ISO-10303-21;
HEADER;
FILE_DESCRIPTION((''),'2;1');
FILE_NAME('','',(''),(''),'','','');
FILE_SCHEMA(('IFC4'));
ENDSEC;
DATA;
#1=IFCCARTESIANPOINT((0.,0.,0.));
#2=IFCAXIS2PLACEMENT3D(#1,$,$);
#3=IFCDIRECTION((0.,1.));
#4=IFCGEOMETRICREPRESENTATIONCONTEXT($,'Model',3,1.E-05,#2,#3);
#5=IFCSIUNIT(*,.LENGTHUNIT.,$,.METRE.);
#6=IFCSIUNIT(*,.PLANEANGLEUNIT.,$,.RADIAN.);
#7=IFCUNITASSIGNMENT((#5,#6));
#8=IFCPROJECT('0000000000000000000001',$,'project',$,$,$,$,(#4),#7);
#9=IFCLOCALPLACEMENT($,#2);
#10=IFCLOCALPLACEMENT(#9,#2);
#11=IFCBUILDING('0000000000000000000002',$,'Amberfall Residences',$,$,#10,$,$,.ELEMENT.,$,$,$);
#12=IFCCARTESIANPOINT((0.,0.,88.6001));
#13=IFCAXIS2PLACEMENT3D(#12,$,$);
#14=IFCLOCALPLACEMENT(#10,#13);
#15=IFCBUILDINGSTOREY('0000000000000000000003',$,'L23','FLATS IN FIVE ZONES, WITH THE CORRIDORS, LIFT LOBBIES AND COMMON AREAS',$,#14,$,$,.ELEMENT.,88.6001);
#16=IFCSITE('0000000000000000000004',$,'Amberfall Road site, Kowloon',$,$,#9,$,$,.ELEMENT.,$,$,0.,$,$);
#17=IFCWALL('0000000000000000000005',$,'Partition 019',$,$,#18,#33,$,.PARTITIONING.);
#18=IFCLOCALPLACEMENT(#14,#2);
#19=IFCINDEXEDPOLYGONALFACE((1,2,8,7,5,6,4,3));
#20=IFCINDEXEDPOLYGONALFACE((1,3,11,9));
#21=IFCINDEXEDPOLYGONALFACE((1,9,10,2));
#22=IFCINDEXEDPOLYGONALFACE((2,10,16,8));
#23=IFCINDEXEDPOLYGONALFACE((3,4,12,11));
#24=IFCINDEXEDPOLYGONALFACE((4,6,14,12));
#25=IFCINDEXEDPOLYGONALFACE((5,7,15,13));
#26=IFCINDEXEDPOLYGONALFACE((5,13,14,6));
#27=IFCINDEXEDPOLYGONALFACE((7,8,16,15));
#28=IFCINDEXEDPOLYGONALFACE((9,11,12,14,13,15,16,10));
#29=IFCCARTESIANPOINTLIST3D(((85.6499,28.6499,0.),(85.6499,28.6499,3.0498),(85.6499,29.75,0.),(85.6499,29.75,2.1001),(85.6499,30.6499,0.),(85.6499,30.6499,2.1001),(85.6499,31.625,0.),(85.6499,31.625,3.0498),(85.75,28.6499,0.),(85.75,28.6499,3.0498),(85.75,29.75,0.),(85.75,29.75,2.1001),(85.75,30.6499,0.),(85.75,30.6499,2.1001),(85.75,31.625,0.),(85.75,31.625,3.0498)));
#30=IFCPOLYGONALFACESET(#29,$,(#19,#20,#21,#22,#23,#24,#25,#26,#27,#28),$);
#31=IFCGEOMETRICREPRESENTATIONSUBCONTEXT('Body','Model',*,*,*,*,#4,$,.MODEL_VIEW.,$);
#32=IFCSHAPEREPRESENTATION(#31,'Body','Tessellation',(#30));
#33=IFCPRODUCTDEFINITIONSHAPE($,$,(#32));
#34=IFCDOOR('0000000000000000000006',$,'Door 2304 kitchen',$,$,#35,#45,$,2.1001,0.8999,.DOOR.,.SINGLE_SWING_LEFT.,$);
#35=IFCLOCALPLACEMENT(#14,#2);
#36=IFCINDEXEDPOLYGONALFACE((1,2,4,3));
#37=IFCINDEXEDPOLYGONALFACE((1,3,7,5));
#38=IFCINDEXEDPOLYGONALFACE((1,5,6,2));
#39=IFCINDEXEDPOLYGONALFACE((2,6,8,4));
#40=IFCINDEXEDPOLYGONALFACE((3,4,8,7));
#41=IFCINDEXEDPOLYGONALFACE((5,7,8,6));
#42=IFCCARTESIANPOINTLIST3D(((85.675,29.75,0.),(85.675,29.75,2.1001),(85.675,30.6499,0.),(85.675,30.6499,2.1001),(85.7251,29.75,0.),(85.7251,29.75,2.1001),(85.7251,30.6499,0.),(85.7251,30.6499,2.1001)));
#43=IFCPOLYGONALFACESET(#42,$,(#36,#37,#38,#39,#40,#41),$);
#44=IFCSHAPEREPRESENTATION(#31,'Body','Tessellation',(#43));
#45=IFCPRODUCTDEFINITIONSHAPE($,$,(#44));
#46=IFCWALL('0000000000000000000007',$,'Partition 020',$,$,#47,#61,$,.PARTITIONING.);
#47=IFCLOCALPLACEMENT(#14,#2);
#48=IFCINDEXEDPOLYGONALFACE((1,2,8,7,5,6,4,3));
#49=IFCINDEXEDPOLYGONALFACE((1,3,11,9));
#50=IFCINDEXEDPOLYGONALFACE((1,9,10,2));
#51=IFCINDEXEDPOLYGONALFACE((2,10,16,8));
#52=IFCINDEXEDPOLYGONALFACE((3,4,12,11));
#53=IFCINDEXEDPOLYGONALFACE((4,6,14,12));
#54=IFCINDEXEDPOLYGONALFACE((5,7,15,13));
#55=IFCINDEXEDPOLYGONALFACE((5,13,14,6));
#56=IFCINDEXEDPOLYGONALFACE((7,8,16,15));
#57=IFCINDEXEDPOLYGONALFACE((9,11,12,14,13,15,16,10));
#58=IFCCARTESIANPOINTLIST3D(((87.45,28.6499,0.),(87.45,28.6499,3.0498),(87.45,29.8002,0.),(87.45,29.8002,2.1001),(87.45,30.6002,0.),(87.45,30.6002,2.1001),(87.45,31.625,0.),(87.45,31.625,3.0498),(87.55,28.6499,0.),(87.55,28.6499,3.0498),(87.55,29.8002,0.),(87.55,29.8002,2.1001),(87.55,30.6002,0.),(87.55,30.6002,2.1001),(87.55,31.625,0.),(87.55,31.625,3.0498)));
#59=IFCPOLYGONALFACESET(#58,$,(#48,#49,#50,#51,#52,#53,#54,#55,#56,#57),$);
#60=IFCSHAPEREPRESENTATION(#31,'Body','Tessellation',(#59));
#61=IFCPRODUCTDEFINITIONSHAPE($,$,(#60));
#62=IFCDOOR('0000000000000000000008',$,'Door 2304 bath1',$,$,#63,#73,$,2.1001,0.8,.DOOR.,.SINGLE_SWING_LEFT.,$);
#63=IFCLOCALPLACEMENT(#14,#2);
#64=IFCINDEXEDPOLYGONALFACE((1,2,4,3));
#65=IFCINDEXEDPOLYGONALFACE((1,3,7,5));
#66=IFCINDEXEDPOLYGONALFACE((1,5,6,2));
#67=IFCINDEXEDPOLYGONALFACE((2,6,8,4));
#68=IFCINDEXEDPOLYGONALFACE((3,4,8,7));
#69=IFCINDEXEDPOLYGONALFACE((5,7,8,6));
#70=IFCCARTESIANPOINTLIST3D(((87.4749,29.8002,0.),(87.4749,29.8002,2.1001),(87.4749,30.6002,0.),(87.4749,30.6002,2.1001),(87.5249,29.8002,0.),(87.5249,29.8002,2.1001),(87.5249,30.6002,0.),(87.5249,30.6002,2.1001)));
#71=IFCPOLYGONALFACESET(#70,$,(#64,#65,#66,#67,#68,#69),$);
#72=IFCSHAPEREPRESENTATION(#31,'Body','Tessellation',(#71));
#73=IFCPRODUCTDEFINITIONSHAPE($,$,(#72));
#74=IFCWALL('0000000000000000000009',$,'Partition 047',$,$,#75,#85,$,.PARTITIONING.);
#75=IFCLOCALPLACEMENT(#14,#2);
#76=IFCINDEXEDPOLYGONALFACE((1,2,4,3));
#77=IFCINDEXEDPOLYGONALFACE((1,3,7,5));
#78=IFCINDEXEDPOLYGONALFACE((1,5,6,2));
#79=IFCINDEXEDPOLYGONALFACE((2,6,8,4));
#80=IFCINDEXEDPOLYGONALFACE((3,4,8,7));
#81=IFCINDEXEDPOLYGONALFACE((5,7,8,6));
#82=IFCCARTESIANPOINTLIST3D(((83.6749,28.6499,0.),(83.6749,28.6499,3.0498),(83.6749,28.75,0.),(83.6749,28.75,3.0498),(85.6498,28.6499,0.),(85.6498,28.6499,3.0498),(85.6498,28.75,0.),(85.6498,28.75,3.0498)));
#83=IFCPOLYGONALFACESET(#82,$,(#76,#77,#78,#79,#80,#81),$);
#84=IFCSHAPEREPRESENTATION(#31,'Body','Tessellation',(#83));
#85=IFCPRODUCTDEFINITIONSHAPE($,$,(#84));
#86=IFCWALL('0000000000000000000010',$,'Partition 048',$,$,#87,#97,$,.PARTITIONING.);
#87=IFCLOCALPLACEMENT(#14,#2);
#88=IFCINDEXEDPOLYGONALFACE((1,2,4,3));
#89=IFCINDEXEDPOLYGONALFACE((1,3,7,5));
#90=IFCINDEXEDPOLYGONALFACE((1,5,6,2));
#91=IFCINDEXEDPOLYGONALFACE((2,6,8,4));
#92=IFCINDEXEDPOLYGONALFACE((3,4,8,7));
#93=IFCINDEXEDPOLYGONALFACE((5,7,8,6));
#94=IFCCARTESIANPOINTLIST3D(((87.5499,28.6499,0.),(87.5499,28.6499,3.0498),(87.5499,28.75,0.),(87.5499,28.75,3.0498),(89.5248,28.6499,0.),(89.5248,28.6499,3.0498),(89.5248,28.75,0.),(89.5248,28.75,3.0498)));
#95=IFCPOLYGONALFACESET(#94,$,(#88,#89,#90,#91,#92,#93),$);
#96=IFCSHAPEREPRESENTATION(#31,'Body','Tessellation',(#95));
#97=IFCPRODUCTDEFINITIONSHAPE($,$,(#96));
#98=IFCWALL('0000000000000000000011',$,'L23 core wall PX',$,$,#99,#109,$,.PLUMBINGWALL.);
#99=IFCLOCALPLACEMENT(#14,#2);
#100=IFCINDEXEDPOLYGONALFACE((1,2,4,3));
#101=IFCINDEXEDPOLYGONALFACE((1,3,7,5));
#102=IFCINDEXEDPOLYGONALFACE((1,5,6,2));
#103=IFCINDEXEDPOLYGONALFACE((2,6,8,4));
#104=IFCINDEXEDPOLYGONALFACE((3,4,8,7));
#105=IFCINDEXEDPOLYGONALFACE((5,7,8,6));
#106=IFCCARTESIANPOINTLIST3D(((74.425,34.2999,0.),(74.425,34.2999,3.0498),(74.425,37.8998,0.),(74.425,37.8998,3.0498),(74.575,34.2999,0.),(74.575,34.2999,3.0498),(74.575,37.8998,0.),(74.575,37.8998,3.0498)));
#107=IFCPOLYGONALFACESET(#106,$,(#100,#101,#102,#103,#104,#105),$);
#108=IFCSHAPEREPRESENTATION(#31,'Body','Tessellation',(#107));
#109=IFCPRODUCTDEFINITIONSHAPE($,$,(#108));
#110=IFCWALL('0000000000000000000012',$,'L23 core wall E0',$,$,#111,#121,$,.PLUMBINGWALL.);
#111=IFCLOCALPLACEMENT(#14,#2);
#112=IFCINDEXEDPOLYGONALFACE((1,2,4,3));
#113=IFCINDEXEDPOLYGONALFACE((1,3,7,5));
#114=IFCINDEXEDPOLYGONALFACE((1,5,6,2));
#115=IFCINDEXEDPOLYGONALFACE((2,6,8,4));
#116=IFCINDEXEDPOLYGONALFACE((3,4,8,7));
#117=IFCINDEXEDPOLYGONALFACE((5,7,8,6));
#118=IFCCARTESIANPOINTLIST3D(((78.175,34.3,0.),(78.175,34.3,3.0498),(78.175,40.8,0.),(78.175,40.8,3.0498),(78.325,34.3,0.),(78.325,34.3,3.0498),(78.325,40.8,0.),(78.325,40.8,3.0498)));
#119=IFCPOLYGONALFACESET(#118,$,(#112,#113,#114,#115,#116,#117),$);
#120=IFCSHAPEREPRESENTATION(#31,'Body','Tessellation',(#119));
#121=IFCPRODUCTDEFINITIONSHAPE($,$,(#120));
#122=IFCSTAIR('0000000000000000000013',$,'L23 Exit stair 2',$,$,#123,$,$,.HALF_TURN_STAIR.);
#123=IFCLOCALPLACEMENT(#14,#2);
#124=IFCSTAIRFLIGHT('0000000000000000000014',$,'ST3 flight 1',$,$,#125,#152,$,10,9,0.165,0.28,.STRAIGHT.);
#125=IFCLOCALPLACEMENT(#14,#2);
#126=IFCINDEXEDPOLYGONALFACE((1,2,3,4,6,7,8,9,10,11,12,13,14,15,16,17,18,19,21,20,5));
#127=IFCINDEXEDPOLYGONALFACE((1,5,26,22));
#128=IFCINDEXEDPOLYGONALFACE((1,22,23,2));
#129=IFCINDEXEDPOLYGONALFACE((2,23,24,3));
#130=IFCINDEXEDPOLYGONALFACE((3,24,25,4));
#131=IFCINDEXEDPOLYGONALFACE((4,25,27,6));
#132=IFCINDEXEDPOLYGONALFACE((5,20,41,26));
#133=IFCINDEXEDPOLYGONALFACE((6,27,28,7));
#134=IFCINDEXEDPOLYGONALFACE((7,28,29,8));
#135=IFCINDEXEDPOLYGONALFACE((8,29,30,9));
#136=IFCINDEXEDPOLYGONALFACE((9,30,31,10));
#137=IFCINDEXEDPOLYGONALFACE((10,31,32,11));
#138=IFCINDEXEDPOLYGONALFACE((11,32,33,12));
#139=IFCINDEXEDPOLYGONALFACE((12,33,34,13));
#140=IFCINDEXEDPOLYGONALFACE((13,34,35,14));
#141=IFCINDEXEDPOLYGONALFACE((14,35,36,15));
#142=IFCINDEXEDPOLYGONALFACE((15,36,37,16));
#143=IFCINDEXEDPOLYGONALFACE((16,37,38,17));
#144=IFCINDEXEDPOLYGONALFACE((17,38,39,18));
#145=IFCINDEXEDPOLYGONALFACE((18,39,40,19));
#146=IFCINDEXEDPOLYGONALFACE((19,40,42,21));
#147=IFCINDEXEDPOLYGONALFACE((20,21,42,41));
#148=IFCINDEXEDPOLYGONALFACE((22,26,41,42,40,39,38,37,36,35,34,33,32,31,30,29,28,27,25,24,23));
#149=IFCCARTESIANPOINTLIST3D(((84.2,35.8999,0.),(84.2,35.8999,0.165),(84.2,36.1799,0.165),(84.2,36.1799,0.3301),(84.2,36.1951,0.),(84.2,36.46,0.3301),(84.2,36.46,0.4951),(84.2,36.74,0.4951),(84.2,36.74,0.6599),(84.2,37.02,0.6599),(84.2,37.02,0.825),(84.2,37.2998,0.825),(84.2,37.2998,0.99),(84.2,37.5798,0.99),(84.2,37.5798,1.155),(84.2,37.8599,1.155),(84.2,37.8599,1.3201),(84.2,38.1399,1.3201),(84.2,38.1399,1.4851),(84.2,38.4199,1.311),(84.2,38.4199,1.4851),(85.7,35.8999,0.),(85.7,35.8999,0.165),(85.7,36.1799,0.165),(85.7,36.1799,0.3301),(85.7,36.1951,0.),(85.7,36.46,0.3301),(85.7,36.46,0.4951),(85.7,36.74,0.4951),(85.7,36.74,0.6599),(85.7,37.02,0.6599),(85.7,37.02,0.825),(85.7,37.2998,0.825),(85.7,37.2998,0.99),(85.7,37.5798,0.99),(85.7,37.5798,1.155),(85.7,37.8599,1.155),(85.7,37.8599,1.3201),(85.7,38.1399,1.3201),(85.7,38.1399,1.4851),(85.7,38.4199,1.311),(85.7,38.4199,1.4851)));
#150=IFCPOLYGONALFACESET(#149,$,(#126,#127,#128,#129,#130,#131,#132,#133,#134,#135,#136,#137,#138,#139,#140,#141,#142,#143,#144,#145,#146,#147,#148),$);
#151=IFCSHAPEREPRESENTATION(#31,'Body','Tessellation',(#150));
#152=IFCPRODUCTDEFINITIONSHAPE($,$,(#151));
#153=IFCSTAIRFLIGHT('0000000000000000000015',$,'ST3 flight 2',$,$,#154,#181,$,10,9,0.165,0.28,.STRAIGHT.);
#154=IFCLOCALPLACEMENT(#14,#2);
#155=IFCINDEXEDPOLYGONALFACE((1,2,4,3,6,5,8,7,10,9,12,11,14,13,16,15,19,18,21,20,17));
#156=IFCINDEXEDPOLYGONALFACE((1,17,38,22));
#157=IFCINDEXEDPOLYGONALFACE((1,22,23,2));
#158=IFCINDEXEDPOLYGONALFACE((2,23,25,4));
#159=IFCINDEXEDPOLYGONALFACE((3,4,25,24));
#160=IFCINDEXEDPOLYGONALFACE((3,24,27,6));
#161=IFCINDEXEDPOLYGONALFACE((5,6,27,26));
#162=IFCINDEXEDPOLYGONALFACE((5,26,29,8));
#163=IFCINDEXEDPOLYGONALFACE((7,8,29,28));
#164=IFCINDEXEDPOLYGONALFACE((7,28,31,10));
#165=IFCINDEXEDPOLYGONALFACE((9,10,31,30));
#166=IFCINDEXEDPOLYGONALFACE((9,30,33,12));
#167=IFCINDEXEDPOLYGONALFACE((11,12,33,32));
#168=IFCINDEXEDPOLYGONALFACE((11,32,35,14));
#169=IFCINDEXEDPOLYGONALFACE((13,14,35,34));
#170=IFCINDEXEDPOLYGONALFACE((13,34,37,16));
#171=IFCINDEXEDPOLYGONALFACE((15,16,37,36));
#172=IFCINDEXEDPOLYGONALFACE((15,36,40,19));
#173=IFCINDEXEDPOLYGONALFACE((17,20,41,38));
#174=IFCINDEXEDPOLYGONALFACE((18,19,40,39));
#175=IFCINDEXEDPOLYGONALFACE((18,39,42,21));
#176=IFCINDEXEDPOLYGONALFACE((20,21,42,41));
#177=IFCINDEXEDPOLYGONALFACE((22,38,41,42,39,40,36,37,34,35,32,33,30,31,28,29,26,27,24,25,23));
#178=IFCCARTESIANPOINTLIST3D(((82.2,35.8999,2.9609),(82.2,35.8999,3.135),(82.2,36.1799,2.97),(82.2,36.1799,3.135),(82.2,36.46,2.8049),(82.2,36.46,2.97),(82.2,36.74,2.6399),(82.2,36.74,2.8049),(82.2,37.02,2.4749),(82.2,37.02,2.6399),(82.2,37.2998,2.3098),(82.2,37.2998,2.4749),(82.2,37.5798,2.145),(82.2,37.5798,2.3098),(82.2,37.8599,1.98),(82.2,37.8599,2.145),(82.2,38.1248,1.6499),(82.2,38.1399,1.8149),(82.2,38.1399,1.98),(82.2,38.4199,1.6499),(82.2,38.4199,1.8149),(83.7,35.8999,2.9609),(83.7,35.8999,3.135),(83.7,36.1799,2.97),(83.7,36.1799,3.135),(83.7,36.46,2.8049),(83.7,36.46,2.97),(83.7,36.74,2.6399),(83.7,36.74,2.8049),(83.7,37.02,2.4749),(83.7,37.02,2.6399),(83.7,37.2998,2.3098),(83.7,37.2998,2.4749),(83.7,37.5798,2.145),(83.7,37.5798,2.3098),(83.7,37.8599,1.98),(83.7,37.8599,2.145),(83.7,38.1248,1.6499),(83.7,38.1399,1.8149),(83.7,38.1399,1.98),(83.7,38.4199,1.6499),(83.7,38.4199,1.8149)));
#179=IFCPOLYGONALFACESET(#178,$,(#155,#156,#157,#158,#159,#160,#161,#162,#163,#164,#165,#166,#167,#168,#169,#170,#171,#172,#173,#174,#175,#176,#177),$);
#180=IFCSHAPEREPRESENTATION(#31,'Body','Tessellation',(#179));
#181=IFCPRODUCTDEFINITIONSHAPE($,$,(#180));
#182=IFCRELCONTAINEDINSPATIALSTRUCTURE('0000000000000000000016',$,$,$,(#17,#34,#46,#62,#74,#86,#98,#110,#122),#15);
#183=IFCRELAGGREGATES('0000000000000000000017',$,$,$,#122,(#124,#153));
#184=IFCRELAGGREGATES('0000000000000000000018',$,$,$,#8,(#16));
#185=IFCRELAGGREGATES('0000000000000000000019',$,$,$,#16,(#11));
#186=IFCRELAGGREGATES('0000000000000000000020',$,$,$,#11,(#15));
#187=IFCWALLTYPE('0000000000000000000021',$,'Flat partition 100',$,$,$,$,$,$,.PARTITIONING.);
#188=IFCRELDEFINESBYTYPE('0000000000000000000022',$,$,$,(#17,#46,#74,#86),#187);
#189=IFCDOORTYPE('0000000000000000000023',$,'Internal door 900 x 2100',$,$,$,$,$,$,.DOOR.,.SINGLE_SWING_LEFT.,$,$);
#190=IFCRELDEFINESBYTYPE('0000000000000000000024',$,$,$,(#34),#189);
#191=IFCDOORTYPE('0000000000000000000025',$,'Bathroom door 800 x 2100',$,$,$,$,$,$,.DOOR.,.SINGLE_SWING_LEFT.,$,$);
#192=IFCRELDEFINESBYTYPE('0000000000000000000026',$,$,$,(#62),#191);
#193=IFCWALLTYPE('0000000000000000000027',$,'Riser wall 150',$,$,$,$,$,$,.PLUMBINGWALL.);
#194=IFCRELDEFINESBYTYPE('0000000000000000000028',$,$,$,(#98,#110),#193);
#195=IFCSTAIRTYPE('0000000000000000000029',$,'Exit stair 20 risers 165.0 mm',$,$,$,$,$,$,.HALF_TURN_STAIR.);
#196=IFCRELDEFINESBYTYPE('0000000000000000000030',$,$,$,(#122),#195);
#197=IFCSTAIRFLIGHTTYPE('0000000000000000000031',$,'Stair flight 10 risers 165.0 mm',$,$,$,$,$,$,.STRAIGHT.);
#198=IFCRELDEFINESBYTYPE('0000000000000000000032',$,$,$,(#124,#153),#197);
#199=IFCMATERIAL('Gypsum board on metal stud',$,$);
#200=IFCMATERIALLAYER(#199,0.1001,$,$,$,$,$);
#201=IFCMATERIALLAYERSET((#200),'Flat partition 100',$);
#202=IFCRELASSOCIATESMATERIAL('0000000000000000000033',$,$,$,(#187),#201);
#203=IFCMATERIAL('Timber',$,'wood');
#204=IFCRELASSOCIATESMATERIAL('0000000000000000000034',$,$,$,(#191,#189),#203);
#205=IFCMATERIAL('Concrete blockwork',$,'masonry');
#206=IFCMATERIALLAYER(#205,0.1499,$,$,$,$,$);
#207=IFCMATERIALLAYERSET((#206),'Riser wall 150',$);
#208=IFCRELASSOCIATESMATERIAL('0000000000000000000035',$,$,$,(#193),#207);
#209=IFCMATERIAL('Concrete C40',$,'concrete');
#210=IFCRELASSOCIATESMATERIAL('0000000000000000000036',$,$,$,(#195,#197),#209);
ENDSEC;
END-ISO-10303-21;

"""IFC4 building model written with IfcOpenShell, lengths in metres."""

from ifc_helpers import new_model, si_unit, direction, frame, frame_2d, origin, place, context, subcontext, project, spatial, polyline, rectangle, outline, extrude, material, layer, layer_set, type_object, element, fill, aggregate, save


model = new_model("IFC4")

# Units and contexts
model_context = context("Model", 3, precision=1e-05, world=origin(), true_north=direction((0.0, 1.0)))
body_context = subcontext(model_context, "Body", "Model", "MODEL_VIEW")
ifc_project = project(units=[si_unit("LENGTHUNIT", "METRE"), si_unit("PLANEANGLEUNIT", "RADIAN")], contexts=[model_context])

# Site, building, storey
site_placement = place(None, origin())
site = spatial("IfcSite", under=ifc_project, at=site_placement, Name="Amberfall Road site, Kowloon", CompositionType="ELEMENT", RefElevation=0.0)
building_placement = place(site_placement, origin())
building = spatial("IfcBuilding", under=site, at=building_placement, Name="Amberfall Residences", CompositionType="ELEMENT")
storey_placement = place(building_placement, frame((0.0, 0.0, 88.6001)))
storey = spatial("IfcBuildingStorey", under=building, at=storey_placement, Name="L23", Description="FLATS IN FIVE ZONES, WITH THE CORRIDORS, LIFT LOBBIES AND COMMON AREAS", CompositionType="ELEMENT", Elevation=88.6001)

# Walls, openings, doors
ifc_material_1 = material(Name="Gypsum board on metal stud")
ifc_layer_1 = layer(ifc_material_1, 0.1001)
ifc_layer_set_1 = layer_set([ifc_layer_1], Name="Flat partition 100")
wall_type_1 = type_object("IfcWallType", Name="Flat partition 100", PredefinedType="PARTITIONING", material=ifc_layer_set_1)
ifc_material_2 = material(Name="Timber", Category="wood")
door_type_1 = type_object("IfcDoorType", Name="Bathroom door 800 x 2100", OperationType="SINGLE_SWING_LEFT", PredefinedType="DOOR", material=ifc_material_2)
wall_1_placement = place(storey_placement, frame((85.7, 28.6499, 0.0), z_axis=(0.0, 0.0, 1.0), x_axis=(0.0, 1.0, 0.0)))
wall_1 = element("IfcWall", 1, at=wall_1_placement, inside=storey, type_object=wall_type_1, Name="Partition 019", PredefinedType="PARTITIONING", context=body_context, shape_type="SweptSolid", body=[
    extrude(rectangle(XDim=2.9751, YDim=0.1001, at=frame_2d((1.4875, 0.0))), origin(), (0.0, 0.0, 1.0), 3.0498),
])
opening_1_placement = place(wall_1_placement, frame((1.1001, 0.0, 0.0)))
opening_1 = element("IfcOpeningElement", 2, at=opening_1_placement, cuts=wall_1, PredefinedType="OPENING", context=body_context, shape_type="SweptSolid", body=[
    extrude(rectangle(XDim=0.8999, YDim=2.1001, at=frame_2d((0.45, 1.05))), frame((0.0, 0.0601, 0.0), z_axis=(0.0, -1.0, 0.0), x_axis=(1.0, 0.0, 0.0)), (0.0, 0.0, 1.0), 0.1201),
])
door_type_2 = type_object("IfcDoorType", Name="Internal door 900 x 2100", OperationType="SINGLE_SWING_LEFT", PredefinedType="DOOR", material=ifc_material_2)
door_1_placement = place(opening_1_placement, origin())
door_1 = element("IfcDoor", 3, at=door_1_placement, inside=storey, type_object=door_type_2, Name="Door 2304 kitchen", OperationType="SINGLE_SWING_LEFT", OverallHeight=2.1001, OverallWidth=0.8999, PredefinedType="DOOR", context=body_context, shape_type="SweptSolid", body=[
    extrude(rectangle(XDim=0.8999, YDim=2.1001, at=frame_2d((0.45, 1.05))), frame((0.0, 0.0249, 0.0), z_axis=(0.0, -1.0, 0.0), x_axis=(1.0, 0.0, 0.0)), (0.0, 0.0, 1.0), 0.05),
])
fill(opening_1, door_1)
wall_2_placement = place(storey_placement, frame((87.5, 31.625, 0.0), z_axis=(0.0, 0.0, 1.0), x_axis=(0.0, -1.0, 0.0)))
wall_2 = element("IfcWall", 4, at=wall_2_placement, inside=storey, type_object=wall_type_1, Name="Partition 020", PredefinedType="PARTITIONING", context=body_context, shape_type="SweptSolid", body=[
    extrude(rectangle(XDim=2.9751, YDim=0.1001, at=frame_2d((1.4875, 0.0))), origin(), (0.0, 0.0, 1.0), 3.0498),
])
opening_2_placement = place(wall_2_placement, frame((1.0249, 0.0, 0.0)))
opening_2 = element("IfcOpeningElement", 5, at=opening_2_placement, cuts=wall_2, PredefinedType="OPENING", context=body_context, shape_type="SweptSolid", body=[
    extrude(rectangle(XDim=0.8, YDim=2.1001, at=frame_2d((0.3999, 1.05))), frame((0.0, 0.0601, 0.0), z_axis=(0.0, -1.0, 0.0), x_axis=(1.0, 0.0, 0.0)), (0.0, 0.0, 1.0), 0.1201),
])
door_2_placement = place(opening_2_placement, origin())
door_2 = element("IfcDoor", 6, at=door_2_placement, inside=storey, type_object=door_type_1, Name="Door 2304 bath1", OperationType="SINGLE_SWING_LEFT", OverallHeight=2.1001, OverallWidth=0.8, PredefinedType="DOOR", context=body_context, shape_type="SweptSolid", body=[
    extrude(rectangle(XDim=0.8, YDim=2.1001, at=frame_2d((0.3999, 1.05))), frame((0.0, 0.0249, 0.0), z_axis=(0.0, -1.0, 0.0), x_axis=(1.0, 0.0, 0.0)), (0.0, 0.0, 1.0), 0.05),
])
fill(opening_2, door_2)

# Walls
for number, where, z_axis, x_axis, name in (
    (7, (83.675, 28.7, 0.0), (0.0, 0.0, 1.0), (1.0, 0.0, 0.0), "Partition 047"),
    (8, (87.55, 28.7, 0.0), (0.0, 0.0, 1.0), (1.0, 0.0, 0.0), "Partition 048"),
):
    element("IfcWall", number, at=place(storey_placement, frame(where, z_axis=z_axis, x_axis=x_axis)), inside=storey, type_object=wall_type_1, Name=name, PredefinedType="PARTITIONING", context=body_context, shape_type="SweptSolid", body=[
        extrude(rectangle(XDim=1.9749, YDim=0.1001, at=frame_2d((0.9873, 0.0))), origin(), (0.0, 0.0, 1.0), 3.0498),
    ])
ifc_material_3 = material(Name="Concrete blockwork", Category="masonry")
ifc_layer_2 = layer(ifc_material_3, 0.1499)
ifc_layer_set_2 = layer_set([ifc_layer_2], Name="Riser wall 150")
wall_type_2 = type_object("IfcWallType", Name="Riser wall 150", PredefinedType="PLUMBINGWALL", material=ifc_layer_set_2)
wall_3_placement = place(storey_placement, frame((74.5, 34.3, 0.0), z_axis=(0.0, 0.0, 1.0), x_axis=(0.0, 1.0, 0.0)))
element("IfcWall", 9, at=wall_3_placement, inside=storey, type_object=wall_type_2, Name="L23 core wall PX", PredefinedType="PLUMBINGWALL", context=body_context, shape_type="SweptSolid", body=[
    extrude(rectangle(XDim=3.5999, YDim=0.1499, at=frame_2d((1.7998, 0.0))), origin(), (0.0, 0.0, 1.0), 3.0498),
])
wall_4_placement = place(storey_placement, frame((78.25, 34.3, 0.0), z_axis=(0.0, 0.0, 1.0), x_axis=(0.0, 1.0, 0.0)))
element("IfcWall", 10, at=wall_4_placement, inside=storey, type_object=wall_type_2, Name="L23 core wall E0", PredefinedType="PLUMBINGWALL", context=body_context, shape_type="SweptSolid", body=[
    extrude(rectangle(XDim=6.5, YDim=0.1499, at=frame_2d((3.25, 0.0))), origin(), (0.0, 0.0, 1.0), 3.0498),
])

# Stair, stair flights
ifc_material_4 = material(Name="Concrete C40", Category="concrete")
stair_type = type_object("IfcStairType", Name="Exit stair 20 risers 165.0 mm", PredefinedType="HALF_TURN_STAIR", material=ifc_material_4)
stair_placement = place(storey_placement, origin())
stair = element("IfcStair", 11, at=stair_placement, inside=storey, type_object=stair_type, Name="L23 Exit stair 2", PredefinedType="HALF_TURN_STAIR")
stair_flight_type = type_object("IfcStairFlightType", Name="Stair flight 10 risers 165.0 mm", PredefinedType="STRAIGHT", material=ifc_material_4)
stair_flight_1_placement = place(storey_placement, frame((84.95, 35.8999, 0.0), z_axis=(0.0, 0.0, 1.0), x_axis=(0.0, 1.0, 0.0)))
stair_flight_1 = element("IfcStairFlight", 12, at=stair_flight_1_placement, type_object=stair_flight_type, Name="ST3 flight 1", NumberOfRisers=10, NumberOfTreads=9, PredefinedType="STRAIGHT", RiserHeight=0.165, TreadLength=0.28, context=body_context, shape_type="SweptSolid", body=[
    extrude(outline(polyline([(0.0, 0.0), (0.0, 0.165), (0.28, 0.165), (0.28, 0.3301), (0.5601, 0.3301), (0.5601, 0.4951), (0.8401, 0.4951), (0.8401, 0.6599), (1.1201, 0.6599), (1.1201, 0.825), (1.3999, 0.825), (1.3999, 0.99), (1.6799, 0.99), (1.6799, 1.155), (1.96, 1.155), (1.96, 1.3201), (2.24, 1.3201), (2.24, 1.4851), (2.52, 1.4851), (2.52, 1.6499), (2.52, 1.311), (0.2952, 0.0), (0.0, 0.0)])), frame((0.0, 0.75, 0.0), z_axis=(0.0, -1.0, 0.0), x_axis=(1.0, 0.0, 0.0)), (0.0, 0.0, 1.0), 1.5),
])
stair_flight_2_placement = place(storey_placement, frame((82.95, 38.4199, 1.6499), z_axis=(0.0, 0.0, 1.0), x_axis=(0.0, -1.0, 0.0)))
stair_flight_2 = element("IfcStairFlight", 13, at=stair_flight_2_placement, type_object=stair_flight_type, Name="ST3 flight 2", NumberOfRisers=10, NumberOfTreads=9, PredefinedType="STRAIGHT", RiserHeight=0.165, TreadLength=0.28, context=body_context, shape_type="SweptSolid", body=[
    extrude(outline(polyline([(0.0, 0.0), (0.0, 0.165), (0.28, 0.165), (0.28, 0.3301), (0.5601, 0.3301), (0.5601, 0.4951), (0.8401, 0.4951), (0.8401, 0.6599), (1.1201, 0.6599), (1.1201, 0.825), (1.3999, 0.825), (1.3999, 0.99), (1.6799, 0.99), (1.6799, 1.155), (1.96, 1.155), (1.96, 1.3201), (2.24, 1.3201), (2.24, 1.4851), (2.52, 1.4851), (2.52, 1.6499), (2.52, 1.311), (0.2952, 0.0), (0.0, 0.0)])), frame((0.0, 0.75, 0.0), z_axis=(0.0, -1.0, 0.0), x_axis=(1.0, 0.0, 0.0)), (0.0, 0.0, 1.0), 1.5),
])
aggregate(stair, [stair_flight_1, stair_flight_2])

save(model, "model.ifc")
